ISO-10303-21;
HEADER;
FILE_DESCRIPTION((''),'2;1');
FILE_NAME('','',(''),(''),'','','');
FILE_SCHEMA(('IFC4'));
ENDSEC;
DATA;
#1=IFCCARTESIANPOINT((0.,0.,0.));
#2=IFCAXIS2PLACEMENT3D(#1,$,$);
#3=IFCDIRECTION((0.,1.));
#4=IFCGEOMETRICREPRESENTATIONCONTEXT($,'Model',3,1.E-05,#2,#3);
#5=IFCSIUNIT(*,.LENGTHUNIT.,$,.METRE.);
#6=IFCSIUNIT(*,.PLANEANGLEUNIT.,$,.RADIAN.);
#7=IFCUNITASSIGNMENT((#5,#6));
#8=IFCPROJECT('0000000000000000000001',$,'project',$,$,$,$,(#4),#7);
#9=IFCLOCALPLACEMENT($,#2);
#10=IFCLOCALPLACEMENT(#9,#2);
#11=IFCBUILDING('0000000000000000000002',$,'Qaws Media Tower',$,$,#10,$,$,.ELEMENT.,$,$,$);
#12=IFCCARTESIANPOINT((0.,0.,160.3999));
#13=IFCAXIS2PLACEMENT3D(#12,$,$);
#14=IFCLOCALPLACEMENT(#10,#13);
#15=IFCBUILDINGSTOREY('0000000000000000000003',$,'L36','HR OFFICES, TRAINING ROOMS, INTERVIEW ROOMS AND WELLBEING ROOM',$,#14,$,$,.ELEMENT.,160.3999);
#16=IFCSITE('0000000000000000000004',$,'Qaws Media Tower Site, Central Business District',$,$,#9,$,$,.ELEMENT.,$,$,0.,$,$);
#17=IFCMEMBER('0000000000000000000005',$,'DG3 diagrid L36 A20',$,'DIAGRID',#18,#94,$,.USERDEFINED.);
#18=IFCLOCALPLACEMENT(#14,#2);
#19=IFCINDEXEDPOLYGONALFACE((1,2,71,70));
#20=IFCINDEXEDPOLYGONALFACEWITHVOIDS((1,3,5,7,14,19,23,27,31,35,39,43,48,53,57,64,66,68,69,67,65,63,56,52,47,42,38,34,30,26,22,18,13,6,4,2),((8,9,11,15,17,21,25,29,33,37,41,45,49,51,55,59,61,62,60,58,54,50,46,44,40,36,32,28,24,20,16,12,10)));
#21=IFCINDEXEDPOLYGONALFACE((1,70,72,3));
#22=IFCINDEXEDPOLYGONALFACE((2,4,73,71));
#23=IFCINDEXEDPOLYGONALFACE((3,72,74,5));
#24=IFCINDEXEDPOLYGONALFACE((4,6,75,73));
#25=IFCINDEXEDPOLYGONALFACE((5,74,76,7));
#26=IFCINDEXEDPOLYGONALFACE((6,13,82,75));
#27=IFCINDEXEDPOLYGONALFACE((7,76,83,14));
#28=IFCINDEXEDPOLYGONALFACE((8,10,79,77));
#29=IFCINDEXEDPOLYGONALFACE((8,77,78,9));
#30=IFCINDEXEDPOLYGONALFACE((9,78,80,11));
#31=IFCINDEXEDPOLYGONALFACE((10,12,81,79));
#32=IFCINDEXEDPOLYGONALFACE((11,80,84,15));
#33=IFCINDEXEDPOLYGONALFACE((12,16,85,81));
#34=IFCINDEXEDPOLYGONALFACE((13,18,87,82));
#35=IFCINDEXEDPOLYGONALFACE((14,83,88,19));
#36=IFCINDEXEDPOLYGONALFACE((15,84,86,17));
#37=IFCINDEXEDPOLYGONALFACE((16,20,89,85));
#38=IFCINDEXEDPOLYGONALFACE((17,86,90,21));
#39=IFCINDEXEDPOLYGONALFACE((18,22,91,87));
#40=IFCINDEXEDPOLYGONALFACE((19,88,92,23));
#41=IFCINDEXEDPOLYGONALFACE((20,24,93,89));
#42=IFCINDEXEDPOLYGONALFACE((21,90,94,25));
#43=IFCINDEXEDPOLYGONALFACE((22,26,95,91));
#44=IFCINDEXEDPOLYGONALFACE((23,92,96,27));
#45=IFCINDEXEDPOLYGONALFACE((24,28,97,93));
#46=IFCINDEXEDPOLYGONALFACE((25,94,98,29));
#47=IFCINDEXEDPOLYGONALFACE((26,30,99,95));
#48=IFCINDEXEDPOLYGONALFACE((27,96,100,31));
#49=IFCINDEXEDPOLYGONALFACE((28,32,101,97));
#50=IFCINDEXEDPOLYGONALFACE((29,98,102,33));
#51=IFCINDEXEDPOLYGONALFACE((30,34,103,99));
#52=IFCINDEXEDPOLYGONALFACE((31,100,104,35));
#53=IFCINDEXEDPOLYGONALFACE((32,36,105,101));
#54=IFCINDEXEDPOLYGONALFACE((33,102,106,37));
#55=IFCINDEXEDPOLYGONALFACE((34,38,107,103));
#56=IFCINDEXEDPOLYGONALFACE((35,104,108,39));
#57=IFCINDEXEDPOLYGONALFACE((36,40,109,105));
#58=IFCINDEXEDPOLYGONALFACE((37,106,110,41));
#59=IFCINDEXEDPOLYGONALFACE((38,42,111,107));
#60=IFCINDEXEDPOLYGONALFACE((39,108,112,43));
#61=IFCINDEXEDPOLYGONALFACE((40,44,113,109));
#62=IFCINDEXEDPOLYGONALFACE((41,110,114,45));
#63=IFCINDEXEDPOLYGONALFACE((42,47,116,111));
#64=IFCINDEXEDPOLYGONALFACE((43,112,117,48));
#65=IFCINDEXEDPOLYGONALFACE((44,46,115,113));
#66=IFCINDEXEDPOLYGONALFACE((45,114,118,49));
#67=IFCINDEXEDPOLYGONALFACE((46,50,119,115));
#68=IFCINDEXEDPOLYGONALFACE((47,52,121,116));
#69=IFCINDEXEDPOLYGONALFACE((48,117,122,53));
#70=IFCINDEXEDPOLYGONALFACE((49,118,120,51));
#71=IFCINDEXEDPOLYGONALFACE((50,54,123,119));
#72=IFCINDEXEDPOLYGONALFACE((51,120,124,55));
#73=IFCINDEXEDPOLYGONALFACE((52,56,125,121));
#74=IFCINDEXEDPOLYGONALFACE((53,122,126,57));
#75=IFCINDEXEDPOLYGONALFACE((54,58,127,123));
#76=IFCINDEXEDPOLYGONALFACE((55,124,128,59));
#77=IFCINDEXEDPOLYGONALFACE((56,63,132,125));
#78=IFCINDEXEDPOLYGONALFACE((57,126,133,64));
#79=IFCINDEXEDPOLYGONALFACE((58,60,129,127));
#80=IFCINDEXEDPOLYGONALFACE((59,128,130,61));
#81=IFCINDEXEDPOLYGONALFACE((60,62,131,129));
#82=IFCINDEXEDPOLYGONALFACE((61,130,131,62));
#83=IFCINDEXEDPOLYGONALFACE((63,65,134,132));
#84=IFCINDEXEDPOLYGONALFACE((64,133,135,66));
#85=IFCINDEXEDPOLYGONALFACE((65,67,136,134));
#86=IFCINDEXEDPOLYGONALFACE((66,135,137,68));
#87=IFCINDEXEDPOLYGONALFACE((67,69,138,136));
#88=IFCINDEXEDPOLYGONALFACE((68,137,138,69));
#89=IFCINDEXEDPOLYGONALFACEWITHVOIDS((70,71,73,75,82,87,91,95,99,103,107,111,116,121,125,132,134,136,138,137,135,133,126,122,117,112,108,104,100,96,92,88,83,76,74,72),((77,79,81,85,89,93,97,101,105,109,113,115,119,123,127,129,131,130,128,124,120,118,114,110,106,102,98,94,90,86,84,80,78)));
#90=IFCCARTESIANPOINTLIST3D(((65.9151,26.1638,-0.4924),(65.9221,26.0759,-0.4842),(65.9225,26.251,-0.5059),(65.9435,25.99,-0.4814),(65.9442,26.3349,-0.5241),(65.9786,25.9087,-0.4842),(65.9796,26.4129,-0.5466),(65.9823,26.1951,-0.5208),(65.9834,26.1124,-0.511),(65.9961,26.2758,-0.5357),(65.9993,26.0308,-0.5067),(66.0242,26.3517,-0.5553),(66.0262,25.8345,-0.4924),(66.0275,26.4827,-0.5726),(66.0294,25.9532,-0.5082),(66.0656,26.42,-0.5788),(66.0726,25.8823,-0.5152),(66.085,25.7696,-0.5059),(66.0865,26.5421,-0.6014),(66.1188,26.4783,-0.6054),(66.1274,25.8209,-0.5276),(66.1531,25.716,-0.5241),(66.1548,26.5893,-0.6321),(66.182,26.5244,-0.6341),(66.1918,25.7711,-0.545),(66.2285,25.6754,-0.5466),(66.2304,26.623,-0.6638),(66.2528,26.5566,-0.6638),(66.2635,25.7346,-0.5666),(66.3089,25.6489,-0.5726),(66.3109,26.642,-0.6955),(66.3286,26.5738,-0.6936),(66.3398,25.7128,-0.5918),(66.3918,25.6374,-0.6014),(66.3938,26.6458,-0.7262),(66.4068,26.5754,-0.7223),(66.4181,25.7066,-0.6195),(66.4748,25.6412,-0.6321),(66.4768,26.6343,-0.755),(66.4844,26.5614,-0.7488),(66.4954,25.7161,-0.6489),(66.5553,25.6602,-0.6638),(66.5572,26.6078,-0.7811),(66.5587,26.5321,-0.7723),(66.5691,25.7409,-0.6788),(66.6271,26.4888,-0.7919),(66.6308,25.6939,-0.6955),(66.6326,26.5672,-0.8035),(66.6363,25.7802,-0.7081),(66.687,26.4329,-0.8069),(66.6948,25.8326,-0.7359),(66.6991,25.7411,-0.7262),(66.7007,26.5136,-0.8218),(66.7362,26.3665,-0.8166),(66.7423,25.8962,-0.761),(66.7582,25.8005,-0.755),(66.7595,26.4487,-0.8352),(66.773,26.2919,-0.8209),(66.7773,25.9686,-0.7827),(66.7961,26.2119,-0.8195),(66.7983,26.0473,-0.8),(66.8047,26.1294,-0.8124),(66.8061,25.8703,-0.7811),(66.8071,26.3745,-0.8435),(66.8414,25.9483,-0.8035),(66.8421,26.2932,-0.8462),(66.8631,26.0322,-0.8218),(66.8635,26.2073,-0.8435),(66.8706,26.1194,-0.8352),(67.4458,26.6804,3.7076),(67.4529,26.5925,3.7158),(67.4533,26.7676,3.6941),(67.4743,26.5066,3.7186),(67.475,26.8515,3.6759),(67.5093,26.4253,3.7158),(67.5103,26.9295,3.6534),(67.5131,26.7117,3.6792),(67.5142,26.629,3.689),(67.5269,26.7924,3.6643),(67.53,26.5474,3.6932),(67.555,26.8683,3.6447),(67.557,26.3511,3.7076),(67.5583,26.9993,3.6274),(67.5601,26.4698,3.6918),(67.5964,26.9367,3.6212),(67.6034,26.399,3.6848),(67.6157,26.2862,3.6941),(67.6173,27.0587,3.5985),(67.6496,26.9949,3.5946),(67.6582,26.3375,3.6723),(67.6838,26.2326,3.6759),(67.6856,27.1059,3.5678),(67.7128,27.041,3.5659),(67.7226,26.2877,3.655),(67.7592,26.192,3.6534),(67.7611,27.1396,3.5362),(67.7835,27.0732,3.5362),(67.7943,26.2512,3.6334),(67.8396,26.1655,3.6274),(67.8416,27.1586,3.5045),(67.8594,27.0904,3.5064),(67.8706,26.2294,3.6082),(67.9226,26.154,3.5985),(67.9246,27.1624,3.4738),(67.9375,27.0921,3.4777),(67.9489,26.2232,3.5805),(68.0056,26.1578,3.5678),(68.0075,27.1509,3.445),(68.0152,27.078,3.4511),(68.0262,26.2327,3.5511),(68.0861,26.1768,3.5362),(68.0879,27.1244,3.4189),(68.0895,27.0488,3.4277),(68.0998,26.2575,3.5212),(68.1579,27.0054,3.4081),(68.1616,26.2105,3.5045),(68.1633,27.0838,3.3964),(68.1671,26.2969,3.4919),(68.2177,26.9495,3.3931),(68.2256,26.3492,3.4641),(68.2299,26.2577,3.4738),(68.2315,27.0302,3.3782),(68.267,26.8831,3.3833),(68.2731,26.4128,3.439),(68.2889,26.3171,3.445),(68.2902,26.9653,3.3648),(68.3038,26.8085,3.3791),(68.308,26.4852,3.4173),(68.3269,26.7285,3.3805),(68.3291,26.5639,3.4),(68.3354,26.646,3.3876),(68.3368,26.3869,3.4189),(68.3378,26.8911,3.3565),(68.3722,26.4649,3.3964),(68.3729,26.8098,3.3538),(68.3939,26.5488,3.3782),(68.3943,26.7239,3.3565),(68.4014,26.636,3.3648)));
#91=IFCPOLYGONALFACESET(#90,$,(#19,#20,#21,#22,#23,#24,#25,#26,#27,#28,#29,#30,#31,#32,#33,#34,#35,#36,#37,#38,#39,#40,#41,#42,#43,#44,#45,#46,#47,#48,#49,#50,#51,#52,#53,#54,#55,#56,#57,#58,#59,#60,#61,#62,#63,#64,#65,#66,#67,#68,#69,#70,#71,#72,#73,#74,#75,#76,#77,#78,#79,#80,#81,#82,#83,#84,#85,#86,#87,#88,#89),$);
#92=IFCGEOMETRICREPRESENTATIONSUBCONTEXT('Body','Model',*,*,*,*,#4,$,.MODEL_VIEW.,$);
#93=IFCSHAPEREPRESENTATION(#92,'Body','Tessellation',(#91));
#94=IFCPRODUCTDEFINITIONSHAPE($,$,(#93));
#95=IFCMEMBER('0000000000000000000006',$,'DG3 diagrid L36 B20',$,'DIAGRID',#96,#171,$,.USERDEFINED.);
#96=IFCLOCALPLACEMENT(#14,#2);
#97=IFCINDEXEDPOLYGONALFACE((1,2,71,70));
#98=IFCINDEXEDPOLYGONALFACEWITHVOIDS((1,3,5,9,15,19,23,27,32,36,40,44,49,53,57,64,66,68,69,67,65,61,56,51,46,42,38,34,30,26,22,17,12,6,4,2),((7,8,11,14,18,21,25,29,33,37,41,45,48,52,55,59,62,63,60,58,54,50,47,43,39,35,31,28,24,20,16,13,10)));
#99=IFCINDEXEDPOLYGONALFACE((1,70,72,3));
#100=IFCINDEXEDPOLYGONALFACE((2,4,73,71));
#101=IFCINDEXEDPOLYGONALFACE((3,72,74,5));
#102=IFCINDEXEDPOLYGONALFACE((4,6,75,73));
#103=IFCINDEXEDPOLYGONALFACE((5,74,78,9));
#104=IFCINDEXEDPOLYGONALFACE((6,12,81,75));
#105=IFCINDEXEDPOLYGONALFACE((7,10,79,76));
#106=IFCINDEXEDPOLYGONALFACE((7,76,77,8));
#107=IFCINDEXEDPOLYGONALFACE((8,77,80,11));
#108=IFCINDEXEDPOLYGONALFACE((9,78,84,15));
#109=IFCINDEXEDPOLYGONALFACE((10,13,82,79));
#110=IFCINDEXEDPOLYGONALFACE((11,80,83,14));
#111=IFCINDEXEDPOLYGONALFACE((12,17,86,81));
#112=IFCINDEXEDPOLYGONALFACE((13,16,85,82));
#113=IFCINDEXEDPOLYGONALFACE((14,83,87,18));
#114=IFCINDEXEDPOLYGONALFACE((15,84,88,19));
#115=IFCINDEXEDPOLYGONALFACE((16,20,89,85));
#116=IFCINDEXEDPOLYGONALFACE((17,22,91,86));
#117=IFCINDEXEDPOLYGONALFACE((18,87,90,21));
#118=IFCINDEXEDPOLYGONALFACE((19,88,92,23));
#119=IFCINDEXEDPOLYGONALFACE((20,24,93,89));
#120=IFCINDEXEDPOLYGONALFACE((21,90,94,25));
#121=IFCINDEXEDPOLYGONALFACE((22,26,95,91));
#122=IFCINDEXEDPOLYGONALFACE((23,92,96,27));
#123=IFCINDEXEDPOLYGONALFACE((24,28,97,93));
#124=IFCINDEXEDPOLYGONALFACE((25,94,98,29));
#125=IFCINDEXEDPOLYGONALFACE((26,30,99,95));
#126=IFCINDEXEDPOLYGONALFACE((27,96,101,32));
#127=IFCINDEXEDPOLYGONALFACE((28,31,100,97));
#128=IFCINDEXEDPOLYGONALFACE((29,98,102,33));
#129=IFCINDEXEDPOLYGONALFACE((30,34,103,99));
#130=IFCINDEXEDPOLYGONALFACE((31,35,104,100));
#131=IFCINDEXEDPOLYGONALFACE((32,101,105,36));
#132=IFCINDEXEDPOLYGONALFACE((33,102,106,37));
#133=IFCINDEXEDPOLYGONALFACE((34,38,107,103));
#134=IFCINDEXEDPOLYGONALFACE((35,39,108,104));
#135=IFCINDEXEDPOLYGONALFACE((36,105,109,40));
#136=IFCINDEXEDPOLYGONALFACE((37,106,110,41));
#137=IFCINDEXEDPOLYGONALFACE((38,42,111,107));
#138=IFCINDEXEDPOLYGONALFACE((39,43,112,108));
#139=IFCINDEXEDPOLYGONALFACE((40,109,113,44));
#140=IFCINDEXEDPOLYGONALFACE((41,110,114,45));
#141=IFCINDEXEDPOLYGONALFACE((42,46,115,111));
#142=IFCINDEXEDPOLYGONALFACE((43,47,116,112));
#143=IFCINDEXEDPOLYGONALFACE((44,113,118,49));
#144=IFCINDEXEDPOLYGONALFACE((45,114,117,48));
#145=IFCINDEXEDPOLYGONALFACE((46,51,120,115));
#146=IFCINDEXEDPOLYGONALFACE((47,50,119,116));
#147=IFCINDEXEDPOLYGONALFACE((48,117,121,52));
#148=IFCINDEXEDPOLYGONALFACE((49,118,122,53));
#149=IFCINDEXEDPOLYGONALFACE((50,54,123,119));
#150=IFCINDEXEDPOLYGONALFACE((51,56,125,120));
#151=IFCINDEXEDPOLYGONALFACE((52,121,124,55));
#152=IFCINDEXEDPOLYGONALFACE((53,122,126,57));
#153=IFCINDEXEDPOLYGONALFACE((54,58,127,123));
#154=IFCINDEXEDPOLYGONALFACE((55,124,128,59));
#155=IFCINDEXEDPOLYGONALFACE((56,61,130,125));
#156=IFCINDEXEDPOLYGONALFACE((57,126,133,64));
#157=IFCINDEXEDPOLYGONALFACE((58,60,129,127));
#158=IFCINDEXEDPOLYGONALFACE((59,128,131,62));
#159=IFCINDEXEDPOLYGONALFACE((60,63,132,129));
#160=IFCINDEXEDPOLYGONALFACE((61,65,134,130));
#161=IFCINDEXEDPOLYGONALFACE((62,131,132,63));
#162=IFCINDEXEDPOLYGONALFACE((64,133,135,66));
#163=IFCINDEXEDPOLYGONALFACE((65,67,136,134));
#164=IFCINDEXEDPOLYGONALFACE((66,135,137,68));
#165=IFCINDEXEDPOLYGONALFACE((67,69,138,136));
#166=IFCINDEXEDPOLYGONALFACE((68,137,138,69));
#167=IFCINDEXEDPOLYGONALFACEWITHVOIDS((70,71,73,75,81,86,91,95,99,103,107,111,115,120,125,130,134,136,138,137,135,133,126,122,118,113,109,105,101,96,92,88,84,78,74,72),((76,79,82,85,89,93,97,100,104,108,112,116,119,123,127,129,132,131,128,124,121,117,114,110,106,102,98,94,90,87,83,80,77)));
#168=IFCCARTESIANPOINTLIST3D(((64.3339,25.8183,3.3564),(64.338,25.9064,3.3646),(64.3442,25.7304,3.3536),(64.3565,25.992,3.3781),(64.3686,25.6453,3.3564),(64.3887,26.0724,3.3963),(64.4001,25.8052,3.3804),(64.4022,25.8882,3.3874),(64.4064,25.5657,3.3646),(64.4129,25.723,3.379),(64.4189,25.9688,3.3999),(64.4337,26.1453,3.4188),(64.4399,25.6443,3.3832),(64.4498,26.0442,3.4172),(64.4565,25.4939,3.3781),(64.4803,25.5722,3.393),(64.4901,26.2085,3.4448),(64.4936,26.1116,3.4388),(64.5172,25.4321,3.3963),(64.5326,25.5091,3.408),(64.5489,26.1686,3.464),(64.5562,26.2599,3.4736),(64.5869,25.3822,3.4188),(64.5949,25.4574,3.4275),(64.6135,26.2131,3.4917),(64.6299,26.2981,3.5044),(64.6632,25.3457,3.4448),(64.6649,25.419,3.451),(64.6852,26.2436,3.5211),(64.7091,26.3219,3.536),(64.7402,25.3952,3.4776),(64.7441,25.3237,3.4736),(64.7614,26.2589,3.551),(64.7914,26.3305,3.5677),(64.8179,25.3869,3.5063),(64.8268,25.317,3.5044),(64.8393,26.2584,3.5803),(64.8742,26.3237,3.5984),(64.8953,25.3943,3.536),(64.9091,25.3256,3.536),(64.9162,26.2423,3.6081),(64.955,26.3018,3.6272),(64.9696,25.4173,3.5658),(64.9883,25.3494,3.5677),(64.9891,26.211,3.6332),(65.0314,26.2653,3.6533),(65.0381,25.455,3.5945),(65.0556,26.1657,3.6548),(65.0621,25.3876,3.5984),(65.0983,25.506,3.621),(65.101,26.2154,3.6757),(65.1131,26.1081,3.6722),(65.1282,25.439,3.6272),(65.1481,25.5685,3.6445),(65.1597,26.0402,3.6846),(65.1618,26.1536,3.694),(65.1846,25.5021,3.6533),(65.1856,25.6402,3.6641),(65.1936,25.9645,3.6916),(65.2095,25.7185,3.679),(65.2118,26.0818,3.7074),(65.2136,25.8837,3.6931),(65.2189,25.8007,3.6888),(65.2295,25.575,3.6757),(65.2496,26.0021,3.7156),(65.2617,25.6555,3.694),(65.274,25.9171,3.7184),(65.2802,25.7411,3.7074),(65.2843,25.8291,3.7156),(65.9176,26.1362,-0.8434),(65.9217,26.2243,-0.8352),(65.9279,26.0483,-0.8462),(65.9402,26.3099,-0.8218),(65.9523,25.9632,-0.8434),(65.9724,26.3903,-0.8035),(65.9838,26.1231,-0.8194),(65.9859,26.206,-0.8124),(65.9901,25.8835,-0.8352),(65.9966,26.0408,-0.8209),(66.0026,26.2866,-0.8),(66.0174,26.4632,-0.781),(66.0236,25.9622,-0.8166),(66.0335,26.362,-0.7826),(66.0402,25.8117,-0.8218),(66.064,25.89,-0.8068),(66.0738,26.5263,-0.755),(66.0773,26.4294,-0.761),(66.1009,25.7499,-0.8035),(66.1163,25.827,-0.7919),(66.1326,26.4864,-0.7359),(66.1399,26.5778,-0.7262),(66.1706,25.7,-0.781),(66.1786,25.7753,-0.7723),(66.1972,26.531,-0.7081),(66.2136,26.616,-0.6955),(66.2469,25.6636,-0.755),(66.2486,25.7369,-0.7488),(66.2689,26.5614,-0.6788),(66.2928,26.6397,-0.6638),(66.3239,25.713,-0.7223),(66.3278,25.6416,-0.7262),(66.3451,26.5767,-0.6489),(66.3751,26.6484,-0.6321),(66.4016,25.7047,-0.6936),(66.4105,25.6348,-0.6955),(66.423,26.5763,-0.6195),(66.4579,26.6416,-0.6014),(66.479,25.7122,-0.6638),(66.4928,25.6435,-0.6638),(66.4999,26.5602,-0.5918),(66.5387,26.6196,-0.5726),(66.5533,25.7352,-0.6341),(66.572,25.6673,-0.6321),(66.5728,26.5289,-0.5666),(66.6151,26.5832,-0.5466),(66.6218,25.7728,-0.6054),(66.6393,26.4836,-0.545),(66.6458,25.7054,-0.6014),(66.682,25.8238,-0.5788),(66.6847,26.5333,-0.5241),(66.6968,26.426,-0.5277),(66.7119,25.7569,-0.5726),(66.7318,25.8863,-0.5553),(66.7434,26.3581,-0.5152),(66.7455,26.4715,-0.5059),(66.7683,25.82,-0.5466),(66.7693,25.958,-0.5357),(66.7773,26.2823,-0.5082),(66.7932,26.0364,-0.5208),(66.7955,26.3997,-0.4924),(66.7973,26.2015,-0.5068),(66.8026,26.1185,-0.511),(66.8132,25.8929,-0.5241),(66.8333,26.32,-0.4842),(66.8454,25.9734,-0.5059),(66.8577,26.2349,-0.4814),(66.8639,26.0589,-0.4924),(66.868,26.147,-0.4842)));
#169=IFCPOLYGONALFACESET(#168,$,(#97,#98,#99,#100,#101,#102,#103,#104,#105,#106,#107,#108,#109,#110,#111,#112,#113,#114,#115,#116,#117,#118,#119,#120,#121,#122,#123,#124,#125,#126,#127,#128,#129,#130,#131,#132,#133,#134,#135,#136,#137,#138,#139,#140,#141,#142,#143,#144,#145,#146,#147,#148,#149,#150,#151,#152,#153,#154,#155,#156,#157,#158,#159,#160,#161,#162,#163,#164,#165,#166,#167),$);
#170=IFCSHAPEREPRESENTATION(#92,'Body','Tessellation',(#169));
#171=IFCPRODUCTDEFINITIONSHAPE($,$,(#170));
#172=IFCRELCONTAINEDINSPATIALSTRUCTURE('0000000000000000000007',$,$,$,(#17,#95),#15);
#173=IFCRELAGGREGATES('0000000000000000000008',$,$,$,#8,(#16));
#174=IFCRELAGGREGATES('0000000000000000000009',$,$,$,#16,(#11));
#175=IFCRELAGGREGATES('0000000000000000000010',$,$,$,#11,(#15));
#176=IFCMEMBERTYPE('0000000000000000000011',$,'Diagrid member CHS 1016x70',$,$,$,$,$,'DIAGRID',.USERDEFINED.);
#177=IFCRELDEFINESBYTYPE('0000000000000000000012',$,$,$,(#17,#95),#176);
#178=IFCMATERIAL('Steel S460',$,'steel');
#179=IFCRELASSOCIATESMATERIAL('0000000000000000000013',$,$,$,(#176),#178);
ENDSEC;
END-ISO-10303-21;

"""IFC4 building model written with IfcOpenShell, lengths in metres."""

from ifc_helpers import new_model, si_unit, direction, frame, origin, origin_2d, place, context, subcontext, project, spatial, hollow_circle, extrude, material, material_profile, profile_set, type_object, element, save


model = new_model("IFC4")

# Units and contexts
model_context = context("Model", 3, precision=1e-05, world=origin(), true_north=direction((0.0, 1.0)))
body_context = subcontext(model_context, "Body", "Model", "MODEL_VIEW")
ifc_project = project(units=[si_unit("LENGTHUNIT", "METRE"), si_unit("PLANEANGLEUNIT", "RADIAN")], contexts=[model_context])

# Site, building, storey
site_placement = place(None, origin())
site = spatial("IfcSite", under=ifc_project, at=site_placement, Name="Qaws Media Tower Site, Central Business District", CompositionType="ELEMENT", RefElevation=0.0)
building_placement = place(site_placement, origin())
building = spatial("IfcBuilding", under=site, at=building_placement, Name="Qaws Media Tower", CompositionType="ELEMENT")
storey_placement = place(building_placement, frame((0.0, 0.0, 160.3999)))
storey = spatial("IfcBuildingStorey", under=building, at=storey_placement, Name="L36", Description="HR OFFICES, TRAINING ROOMS, INTERVIEW ROOMS AND WELLBEING ROOM", CompositionType="ELEMENT", Elevation=160.3999)

# Members
ifc_material_1 = material(Name="Steel S460", Category="steel")
ifc_material_profile_1 = material_profile(ifc_material_1, hollow_circle(Radius=0.5081, WallThickness=0.0701, at=origin_2d()), Name="CHS 1016x70")
ifc_profile_set_1 = profile_set([ifc_material_profile_1], Name="Steel S460")
member_type_1 = type_object("IfcMemberType", Name="Diagrid member CHS 1016x70", ElementType="DIAGRID", PredefinedType="USERDEFINED", material=ifc_profile_set_1)
for number, where, z_axis, x_axis, name in (
    (1, (66.3928, 26.1416, -0.6638), (0.340172, 0.114801, 0.933329), (-0.319762, 0.947498, 0.0), "DG3 diagrid L36 A20"),
):
    element("IfcMember", number, at=place(storey_placement, frame(where, z_axis=z_axis, x_axis=x_axis)), inside=storey, type_object=member_type_1, Name=name, ObjectType="DIAGRID", PredefinedType="USERDEFINED", context=body_context, shape_type="SweptSolid", body=[
        extrude(hollow_circle(Radius=0.5081, WallThickness=0.0701, at=origin_2d()), origin(), (0.0, 0.0, 1.0), 4.5),
    ])
member_1_placement = place(storey_placement, frame((66.3928, 26.1416, -0.6638), z_axis=(-0.351952, -0.07064, 0.933349), x_axis=(0.196785, -0.980447, 0.0)))
element("IfcMember", 2, at=member_1_placement, inside=storey, type_object=member_type_1, Name="DG3 diagrid L36 B20", ObjectType="DIAGRID", PredefinedType="USERDEFINED", context=body_context, shape_type="SweptSolid", body=[
    extrude(hollow_circle(Radius=0.5081, WallThickness=0.0701, at=origin_2d()), origin(), (0.0, 0.0, 1.0), 4.4998),
])

save(model, "model.ifc")
